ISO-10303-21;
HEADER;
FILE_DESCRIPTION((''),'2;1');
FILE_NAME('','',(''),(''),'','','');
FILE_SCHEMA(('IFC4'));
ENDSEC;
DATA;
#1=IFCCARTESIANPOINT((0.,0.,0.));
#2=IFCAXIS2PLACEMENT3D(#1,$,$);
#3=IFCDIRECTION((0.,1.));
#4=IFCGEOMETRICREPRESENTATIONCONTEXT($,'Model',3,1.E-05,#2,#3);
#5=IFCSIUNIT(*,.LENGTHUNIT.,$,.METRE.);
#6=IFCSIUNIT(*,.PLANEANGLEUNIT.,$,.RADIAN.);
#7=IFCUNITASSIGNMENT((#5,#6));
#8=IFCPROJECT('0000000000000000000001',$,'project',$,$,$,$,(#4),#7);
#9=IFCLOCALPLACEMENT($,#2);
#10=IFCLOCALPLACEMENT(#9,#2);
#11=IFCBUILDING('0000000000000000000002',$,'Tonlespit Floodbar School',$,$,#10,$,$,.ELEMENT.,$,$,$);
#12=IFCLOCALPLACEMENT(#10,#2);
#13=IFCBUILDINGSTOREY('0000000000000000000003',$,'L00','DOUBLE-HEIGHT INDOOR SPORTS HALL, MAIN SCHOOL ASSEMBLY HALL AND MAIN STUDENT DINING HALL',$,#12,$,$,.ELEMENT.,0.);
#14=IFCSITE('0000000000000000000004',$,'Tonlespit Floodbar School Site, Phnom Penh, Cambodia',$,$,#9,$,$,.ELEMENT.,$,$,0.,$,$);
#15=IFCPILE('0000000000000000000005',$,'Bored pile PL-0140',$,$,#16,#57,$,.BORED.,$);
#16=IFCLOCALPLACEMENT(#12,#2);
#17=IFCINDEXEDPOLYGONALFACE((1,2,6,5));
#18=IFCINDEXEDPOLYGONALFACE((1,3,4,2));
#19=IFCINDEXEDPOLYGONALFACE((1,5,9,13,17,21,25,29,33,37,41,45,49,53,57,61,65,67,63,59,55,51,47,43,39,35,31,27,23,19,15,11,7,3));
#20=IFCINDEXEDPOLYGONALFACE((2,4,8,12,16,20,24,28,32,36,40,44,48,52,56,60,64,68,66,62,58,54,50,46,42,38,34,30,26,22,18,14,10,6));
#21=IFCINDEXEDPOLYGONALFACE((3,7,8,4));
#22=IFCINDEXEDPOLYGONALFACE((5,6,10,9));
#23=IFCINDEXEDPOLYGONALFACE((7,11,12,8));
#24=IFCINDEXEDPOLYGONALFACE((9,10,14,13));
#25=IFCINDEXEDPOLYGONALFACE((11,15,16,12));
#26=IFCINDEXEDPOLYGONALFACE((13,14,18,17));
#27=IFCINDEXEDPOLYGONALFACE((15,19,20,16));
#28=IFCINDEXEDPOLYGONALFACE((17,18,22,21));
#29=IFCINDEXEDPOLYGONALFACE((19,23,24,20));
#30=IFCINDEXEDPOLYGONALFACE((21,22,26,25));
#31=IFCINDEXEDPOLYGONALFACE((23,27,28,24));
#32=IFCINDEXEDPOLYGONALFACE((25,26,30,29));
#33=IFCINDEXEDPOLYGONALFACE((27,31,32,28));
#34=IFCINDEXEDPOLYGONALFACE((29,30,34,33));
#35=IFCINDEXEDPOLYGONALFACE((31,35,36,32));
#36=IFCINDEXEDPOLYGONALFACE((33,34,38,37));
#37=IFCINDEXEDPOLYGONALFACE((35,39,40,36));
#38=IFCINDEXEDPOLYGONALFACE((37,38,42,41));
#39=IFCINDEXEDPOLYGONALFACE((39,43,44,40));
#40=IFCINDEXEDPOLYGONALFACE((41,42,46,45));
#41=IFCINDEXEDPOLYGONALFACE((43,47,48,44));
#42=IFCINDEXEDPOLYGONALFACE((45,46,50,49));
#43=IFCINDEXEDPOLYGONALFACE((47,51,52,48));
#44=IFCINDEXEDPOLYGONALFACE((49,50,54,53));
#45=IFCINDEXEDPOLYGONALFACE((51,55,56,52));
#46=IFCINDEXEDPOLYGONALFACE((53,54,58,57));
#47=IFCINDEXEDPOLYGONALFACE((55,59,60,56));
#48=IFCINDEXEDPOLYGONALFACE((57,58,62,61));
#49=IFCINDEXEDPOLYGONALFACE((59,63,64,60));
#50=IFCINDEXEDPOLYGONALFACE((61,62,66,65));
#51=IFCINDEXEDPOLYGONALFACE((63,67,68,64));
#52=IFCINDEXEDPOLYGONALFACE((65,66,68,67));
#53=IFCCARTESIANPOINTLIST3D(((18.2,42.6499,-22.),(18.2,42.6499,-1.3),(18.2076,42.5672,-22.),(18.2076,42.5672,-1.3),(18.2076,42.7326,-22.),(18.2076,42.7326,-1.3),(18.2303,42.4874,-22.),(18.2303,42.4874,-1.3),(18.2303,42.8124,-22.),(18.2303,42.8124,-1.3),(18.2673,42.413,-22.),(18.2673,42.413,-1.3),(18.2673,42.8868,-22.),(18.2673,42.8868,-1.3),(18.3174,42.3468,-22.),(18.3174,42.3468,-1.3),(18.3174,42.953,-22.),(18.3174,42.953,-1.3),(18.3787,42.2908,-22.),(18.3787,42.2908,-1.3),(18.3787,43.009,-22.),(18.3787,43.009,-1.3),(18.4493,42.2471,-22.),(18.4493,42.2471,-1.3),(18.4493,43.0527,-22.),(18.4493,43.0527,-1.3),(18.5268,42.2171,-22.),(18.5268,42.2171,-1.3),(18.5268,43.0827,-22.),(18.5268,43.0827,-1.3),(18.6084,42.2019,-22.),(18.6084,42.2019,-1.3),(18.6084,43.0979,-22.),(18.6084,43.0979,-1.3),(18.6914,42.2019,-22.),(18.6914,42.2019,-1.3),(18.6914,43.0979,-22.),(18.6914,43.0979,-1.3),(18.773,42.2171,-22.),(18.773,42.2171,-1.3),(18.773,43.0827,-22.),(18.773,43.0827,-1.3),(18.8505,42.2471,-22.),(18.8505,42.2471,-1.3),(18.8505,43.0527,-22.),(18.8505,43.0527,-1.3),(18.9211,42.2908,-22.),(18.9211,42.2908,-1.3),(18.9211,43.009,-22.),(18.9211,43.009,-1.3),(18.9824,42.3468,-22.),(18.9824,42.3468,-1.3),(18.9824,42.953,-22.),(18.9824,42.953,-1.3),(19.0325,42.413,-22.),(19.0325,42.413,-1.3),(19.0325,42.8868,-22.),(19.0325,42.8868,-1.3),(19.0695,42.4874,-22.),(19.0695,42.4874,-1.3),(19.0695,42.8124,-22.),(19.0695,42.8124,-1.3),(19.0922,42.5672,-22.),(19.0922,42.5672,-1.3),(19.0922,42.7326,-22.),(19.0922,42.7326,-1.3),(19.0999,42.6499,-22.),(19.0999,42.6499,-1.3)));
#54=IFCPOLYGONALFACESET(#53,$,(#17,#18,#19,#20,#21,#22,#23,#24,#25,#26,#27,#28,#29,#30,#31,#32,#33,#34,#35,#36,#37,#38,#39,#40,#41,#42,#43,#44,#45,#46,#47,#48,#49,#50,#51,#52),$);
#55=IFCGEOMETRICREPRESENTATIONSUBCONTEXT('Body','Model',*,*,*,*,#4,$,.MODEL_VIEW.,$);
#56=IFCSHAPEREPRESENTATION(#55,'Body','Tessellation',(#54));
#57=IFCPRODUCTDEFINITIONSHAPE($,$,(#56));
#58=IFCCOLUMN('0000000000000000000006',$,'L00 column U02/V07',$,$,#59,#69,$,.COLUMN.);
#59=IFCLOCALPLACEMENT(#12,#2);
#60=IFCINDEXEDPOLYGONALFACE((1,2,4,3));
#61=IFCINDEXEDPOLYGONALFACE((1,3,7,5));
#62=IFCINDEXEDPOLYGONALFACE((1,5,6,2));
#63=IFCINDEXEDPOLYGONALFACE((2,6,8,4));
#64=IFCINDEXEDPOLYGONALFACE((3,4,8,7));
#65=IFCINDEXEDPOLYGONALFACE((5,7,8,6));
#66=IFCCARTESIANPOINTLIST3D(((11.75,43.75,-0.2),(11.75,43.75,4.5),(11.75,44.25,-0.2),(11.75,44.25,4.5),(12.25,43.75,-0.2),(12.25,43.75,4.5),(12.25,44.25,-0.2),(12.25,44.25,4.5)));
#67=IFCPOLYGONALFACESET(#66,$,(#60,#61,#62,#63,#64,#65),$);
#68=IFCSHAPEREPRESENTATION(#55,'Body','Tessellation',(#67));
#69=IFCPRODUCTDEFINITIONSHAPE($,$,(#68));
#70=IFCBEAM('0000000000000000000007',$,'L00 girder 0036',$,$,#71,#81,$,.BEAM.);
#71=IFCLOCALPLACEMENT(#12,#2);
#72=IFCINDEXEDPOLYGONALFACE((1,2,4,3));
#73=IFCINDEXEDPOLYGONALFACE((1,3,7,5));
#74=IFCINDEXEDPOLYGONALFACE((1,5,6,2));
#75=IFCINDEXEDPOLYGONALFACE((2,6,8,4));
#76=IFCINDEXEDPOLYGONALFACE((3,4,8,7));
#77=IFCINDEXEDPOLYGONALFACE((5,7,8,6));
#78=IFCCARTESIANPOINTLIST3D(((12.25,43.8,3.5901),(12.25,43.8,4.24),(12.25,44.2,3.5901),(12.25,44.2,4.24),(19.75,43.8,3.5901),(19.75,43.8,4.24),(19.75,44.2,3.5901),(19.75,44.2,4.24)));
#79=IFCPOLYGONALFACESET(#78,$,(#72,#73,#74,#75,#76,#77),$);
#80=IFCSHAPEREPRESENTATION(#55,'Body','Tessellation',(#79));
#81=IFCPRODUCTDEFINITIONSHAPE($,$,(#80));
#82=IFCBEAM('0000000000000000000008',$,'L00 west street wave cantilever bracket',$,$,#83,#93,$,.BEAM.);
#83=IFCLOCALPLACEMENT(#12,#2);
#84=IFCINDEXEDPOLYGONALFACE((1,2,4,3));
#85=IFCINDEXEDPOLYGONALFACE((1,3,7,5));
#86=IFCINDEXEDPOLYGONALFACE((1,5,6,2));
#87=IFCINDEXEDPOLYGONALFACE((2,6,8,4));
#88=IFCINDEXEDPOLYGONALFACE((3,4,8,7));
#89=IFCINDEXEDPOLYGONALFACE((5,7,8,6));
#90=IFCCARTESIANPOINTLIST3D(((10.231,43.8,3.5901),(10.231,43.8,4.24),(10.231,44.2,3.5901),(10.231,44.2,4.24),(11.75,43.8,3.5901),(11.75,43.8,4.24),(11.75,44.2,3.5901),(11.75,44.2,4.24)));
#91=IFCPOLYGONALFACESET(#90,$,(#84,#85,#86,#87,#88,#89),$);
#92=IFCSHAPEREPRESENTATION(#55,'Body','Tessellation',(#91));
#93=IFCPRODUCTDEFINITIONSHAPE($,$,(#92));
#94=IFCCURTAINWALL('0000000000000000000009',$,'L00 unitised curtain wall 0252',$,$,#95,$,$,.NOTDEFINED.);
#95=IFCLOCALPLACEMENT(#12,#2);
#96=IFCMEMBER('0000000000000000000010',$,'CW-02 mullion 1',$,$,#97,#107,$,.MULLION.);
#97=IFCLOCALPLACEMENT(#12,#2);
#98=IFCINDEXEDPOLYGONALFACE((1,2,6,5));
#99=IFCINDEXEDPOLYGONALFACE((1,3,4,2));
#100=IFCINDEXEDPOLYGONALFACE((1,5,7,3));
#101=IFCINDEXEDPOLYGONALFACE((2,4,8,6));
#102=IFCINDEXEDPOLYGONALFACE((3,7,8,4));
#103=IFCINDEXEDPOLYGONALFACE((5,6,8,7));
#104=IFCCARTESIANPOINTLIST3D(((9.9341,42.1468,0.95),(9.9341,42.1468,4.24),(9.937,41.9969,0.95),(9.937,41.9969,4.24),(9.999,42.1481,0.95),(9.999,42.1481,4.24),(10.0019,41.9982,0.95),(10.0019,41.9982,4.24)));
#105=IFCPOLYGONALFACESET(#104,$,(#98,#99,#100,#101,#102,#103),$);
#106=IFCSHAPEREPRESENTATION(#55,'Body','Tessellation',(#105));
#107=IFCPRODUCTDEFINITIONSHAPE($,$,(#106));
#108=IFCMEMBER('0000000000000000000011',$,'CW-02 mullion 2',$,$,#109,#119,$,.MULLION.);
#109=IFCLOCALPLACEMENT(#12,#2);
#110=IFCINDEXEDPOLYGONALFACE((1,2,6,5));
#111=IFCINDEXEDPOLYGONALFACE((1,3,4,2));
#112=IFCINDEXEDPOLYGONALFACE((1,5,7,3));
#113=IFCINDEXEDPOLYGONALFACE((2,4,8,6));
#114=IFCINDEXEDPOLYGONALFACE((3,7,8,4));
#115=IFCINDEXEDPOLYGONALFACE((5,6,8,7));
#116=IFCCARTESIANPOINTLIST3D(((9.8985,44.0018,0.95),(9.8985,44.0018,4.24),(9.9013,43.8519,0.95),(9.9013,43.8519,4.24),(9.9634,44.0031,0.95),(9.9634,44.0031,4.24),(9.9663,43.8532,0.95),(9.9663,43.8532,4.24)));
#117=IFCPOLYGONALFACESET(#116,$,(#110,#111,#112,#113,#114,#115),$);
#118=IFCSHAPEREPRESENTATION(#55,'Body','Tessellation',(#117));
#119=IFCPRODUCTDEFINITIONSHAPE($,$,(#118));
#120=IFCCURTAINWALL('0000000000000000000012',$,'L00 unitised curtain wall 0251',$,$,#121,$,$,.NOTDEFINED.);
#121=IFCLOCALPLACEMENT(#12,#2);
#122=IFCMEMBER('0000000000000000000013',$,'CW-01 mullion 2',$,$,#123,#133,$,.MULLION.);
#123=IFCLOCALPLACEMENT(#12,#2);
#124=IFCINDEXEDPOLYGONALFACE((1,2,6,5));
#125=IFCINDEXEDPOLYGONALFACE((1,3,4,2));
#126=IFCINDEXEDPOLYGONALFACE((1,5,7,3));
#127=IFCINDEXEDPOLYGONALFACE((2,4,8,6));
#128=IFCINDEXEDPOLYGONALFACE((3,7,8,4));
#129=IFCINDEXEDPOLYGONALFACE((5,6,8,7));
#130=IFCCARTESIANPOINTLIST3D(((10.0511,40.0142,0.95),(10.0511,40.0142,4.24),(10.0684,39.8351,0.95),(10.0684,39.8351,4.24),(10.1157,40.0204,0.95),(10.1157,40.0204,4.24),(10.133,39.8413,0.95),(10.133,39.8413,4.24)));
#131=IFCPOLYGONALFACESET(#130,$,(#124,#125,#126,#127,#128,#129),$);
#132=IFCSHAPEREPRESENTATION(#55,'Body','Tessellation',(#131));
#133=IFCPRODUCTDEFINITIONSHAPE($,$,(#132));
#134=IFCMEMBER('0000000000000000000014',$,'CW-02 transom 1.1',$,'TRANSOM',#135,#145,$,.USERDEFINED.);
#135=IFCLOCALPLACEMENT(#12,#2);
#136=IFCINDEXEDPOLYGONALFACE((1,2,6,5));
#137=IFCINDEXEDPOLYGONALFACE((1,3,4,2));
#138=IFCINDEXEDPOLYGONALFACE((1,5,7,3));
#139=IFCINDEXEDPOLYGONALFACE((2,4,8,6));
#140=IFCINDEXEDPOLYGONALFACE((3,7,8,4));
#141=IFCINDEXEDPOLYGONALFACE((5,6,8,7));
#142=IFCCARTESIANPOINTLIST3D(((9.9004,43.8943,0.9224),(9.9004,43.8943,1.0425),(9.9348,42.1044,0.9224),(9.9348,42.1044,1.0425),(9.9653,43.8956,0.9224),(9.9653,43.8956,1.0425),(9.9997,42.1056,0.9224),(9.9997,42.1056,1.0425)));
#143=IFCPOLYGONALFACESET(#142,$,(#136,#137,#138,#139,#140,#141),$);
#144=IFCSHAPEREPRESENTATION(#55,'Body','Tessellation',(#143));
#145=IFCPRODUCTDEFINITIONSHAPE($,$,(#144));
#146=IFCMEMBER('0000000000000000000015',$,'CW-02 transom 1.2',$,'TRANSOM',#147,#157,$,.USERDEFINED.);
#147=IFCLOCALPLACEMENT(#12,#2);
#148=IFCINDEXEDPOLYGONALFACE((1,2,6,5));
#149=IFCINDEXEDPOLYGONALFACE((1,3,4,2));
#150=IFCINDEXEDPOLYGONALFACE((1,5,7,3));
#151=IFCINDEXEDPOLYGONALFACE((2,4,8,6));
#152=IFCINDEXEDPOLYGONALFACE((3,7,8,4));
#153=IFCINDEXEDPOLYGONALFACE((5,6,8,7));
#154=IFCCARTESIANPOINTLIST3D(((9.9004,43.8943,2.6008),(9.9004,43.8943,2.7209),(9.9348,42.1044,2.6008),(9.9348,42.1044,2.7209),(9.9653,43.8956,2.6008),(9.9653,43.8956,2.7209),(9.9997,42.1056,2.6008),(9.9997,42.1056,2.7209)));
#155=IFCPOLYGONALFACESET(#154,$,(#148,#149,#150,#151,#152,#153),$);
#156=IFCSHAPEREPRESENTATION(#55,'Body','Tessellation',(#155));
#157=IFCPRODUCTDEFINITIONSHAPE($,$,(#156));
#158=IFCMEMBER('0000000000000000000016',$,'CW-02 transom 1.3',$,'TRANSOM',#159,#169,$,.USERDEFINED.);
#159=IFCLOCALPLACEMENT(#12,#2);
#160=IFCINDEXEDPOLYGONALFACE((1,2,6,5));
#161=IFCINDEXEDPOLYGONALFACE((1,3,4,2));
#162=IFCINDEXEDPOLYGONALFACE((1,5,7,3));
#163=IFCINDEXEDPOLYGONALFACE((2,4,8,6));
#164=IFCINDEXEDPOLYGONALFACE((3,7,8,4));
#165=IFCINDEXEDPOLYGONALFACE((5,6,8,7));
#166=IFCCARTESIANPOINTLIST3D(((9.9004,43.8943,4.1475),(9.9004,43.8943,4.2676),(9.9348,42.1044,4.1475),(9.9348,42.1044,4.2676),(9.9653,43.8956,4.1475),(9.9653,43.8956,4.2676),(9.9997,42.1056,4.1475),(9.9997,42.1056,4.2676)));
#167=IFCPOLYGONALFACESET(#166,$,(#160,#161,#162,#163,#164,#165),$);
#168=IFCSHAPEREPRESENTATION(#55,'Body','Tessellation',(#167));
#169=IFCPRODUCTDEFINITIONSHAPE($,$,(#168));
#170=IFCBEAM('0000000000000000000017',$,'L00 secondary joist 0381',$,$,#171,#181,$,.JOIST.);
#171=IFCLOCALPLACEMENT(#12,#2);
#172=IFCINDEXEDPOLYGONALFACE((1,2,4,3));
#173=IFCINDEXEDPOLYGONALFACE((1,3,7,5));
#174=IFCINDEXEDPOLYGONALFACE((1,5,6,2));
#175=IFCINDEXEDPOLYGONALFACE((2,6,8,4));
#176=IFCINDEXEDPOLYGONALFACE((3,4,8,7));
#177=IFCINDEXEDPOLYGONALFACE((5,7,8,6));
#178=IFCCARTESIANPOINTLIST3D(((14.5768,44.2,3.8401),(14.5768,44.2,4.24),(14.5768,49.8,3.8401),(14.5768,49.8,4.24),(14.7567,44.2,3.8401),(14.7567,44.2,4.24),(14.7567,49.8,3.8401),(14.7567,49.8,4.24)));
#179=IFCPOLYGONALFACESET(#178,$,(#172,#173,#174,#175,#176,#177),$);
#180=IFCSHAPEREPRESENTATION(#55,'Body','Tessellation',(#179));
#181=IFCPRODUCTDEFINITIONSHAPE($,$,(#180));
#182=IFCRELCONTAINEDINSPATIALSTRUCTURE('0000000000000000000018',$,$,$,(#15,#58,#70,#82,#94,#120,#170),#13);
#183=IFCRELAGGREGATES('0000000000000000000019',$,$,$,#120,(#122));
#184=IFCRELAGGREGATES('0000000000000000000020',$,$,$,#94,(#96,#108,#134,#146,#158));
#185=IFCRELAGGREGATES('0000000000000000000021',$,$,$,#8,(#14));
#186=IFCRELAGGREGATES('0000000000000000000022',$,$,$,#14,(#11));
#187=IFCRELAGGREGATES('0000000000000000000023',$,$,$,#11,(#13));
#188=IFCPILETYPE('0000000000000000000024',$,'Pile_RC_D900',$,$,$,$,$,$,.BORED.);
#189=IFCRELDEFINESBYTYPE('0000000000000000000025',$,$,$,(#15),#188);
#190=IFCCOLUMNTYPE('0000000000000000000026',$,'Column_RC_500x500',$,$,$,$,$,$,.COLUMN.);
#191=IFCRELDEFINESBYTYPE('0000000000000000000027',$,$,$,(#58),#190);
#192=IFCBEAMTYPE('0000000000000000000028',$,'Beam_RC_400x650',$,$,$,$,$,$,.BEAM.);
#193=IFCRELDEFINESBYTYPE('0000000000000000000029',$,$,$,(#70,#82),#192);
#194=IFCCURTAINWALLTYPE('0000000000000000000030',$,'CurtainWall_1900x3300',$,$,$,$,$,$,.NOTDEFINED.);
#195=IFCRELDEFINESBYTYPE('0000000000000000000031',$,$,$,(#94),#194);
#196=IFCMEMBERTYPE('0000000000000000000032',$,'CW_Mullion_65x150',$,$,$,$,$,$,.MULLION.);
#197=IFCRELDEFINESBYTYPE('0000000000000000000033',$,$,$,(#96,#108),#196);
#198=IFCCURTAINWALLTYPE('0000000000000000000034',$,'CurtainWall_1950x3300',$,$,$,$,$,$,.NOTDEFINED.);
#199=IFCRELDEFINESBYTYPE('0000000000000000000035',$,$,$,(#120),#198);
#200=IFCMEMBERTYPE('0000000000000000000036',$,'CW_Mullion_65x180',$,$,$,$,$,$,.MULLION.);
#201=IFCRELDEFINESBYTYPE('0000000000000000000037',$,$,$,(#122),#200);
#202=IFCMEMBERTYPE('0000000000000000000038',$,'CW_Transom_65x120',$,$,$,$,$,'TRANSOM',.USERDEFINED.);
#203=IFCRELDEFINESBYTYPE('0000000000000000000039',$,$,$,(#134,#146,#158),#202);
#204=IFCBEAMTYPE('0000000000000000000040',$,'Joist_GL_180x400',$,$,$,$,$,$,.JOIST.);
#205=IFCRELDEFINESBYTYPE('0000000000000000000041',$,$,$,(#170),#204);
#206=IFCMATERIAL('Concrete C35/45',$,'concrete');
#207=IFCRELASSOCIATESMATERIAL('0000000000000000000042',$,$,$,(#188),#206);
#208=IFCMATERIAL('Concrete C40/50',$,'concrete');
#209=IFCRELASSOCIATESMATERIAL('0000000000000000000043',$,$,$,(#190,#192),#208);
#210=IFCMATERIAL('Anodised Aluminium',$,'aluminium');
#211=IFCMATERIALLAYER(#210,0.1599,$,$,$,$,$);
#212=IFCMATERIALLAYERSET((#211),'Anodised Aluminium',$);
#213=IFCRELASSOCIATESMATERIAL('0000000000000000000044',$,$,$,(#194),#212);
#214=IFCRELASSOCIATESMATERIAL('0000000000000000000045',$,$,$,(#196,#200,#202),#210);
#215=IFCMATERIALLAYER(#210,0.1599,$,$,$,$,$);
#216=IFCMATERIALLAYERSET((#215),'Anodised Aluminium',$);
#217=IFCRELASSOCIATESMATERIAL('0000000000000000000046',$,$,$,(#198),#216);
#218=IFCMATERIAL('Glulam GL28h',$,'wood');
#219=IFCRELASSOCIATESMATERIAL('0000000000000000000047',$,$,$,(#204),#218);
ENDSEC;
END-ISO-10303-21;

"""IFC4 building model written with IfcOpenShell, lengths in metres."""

from ifc_helpers import new_model, si_unit, direction, frame, origin, origin_2d, place, context, subcontext, project, spatial, rectangle, circle, extrude, material, layer, layer_set, material_profile, profile_set, type_object, element, aggregate, save


model = new_model("IFC4")

# Units and contexts
model_context = context("Model", 3, precision=1e-05, world=origin(), true_north=direction((0.0, 1.0)))
body_context = subcontext(model_context, "Body", "Model", "MODEL_VIEW")
ifc_project = project(units=[si_unit("LENGTHUNIT", "METRE"), si_unit("PLANEANGLEUNIT", "RADIAN")], contexts=[model_context])

# Site, building, storey
site_placement = place(None, origin())
site = spatial("IfcSite", under=ifc_project, at=site_placement, Name="Tonlespit Floodbar School Site, Phnom Penh, Cambodia", CompositionType="ELEMENT", RefElevation=0.0)
building_placement = place(site_placement, origin())
building = spatial("IfcBuilding", under=site, at=building_placement, Name="Tonlespit Floodbar School", CompositionType="ELEMENT")
storey_placement = place(building_placement, origin())
storey = spatial("IfcBuildingStorey", under=building, at=storey_placement, Name="L00", Description="DOUBLE-HEIGHT INDOOR SPORTS HALL, MAIN SCHOOL ASSEMBLY HALL AND MAIN STUDENT DINING HALL", CompositionType="ELEMENT", Elevation=0.0)

# Shared definitions
ifc_material_1 = material(Name="Concrete C40/50", Category="concrete")

# Pile
ifc_material_2 = material(Name="Concrete C35/45", Category="concrete")
ifc_material_profile_1 = material_profile(ifc_material_2, circle(Radius=0.45, at=origin_2d()), Name="BP D900")
ifc_profile_set_1 = profile_set([ifc_material_profile_1], Name="Concrete C35/45")
pile_type = type_object("IfcPileType", Name="Pile_RC_D900", PredefinedType="BORED", material=ifc_profile_set_1)
for number, where, z_axis, x_axis, name in (
    (1, (18.6499, 42.6499, -1.3), (0.0, 0.0, -1.0), (1.0, 0.0, 0.0), "Bored pile PL-0140"),
):
    element("IfcPile", number, at=place(storey_placement, frame(where, z_axis=z_axis, x_axis=x_axis)), inside=storey, type_object=pile_type, Name=name, PredefinedType="BORED", context=body_context, shape_type="SweptSolid", body=[
        extrude(circle(Radius=0.45, at=origin_2d()), origin(), (0.0, 0.0, 1.0), 20.7),
    ])

# Column
ifc_material_profile_2 = material_profile(ifc_material_1, rectangle(XDim=0.5, YDim=0.5, at=origin_2d()), Name="RC 500x500")
ifc_profile_set_2 = profile_set([ifc_material_profile_2], Name="Concrete C40/50")
column_type = type_object("IfcColumnType", Name="Column_RC_500x500", PredefinedType="COLUMN", material=ifc_profile_set_2)
column_placement = place(storey_placement, frame((12.0, 44.0, -0.2), z_axis=(0.0, 0.0, 1.0), x_axis=(1.0, 0.0, 0.0)))
element("IfcColumn", 2, at=column_placement, inside=storey, type_object=column_type, Name="L00 column U02/V07", PredefinedType="COLUMN", context=body_context, shape_type="SweptSolid", body=[
    extrude(rectangle(XDim=0.5, YDim=0.5, at=origin_2d()), origin(), (0.0, 0.0, 1.0), 4.7),
])

# Beams
ifc_material_profile_3 = material_profile(ifc_material_1, rectangle(XDim=0.3999, YDim=0.6499, at=origin_2d()), Name="RC 400x650")
ifc_profile_set_3 = profile_set([ifc_material_profile_3], Name="Concrete C40/50")
beam_type_1 = type_object("IfcBeamType", Name="Beam_RC_400x650", PredefinedType="BEAM", material=ifc_profile_set_3)
beam_1_placement = place(storey_placement, frame((12.25, 44.0, 3.915), z_axis=(1.0, 0.0, 0.0), x_axis=(0.0, 1.0, 0.0)))
element("IfcBeam", 3, at=beam_1_placement, inside=storey, type_object=beam_type_1, Name="L00 girder 0036", PredefinedType="BEAM", context=body_context, shape_type="SweptSolid", body=[
    extrude(rectangle(XDim=0.3999, YDim=0.6499, at=origin_2d()), origin(), (0.0, 0.0, 1.0), 7.5),
])
beam_2_placement = place(storey_placement, frame((11.75, 44.0, 3.915), z_axis=(-1.0, 0.0, 0.0), x_axis=(0.0, -1.0, 0.0)))
element("IfcBeam", 4, at=beam_2_placement, inside=storey, type_object=beam_type_1, Name="L00 west street wave cantilever bracket", PredefinedType="BEAM", context=body_context, shape_type="SweptSolid", body=[
    extrude(rectangle(XDim=0.3999, YDim=0.6499, at=origin_2d()), origin(), (0.0, 0.0, 1.0), 1.519),
])

# Curtain wall, members
ifc_material_3 = material(Name="Anodised Aluminium", Category="aluminium")
ifc_layer_1 = layer(ifc_material_3, 0.1599)
ifc_layer_set_1 = layer_set([ifc_layer_1], Name="Anodised Aluminium")
curtain_wall_type_1 = type_object("IfcCurtainWallType", Name="CurtainWall_1900x3300", PredefinedType="NOTDEFINED", material=ifc_layer_set_1)
curtain_wall_1_placement = place(storey_placement, origin())
curtain_wall_1 = element("IfcCurtainWall", 5, at=curtain_wall_1_placement, inside=storey, type_object=curtain_wall_type_1, Name="L00 unitised curtain wall 0252", PredefinedType="NOTDEFINED")
ifc_material_profile_4 = material_profile(ifc_material_3, rectangle(XDim=0.0649, YDim=0.1499, at=origin_2d()), Name="ALU M65x150")
ifc_profile_set_4 = profile_set([ifc_material_profile_4], Name="Anodised Aluminium")
member_type_1 = type_object("IfcMemberType", Name="CW_Mullion_65x150", PredefinedType="MULLION", material=ifc_profile_set_4)
member_1_placement = place(storey_placement, frame((9.968, 42.0725, 0.95), z_axis=(0.0, 0.0, 1.0), x_axis=(-0.999815, -0.019215, 0.0)))
member_1 = element("IfcMember", 6, at=member_1_placement, type_object=member_type_1, Name="CW-02 mullion 1", PredefinedType="MULLION", context=body_context, shape_type="SweptSolid", body=[
    extrude(rectangle(XDim=0.0649, YDim=0.1499, at=origin_2d()), origin(), (0.0, 0.0, 1.0), 3.29),
])
member_2_placement = place(storey_placement, frame((9.9324, 43.9275, 0.95), z_axis=(0.0, 0.0, 1.0), x_axis=(-0.999815, -0.019215, 0.0)))
member_2 = element("IfcMember", 7, at=member_2_placement, type_object=member_type_1, Name="CW-02 mullion 2", PredefinedType="MULLION", context=body_context, shape_type="SweptSolid", body=[
    extrude(rectangle(XDim=0.0649, YDim=0.1499, at=origin_2d()), origin(), (0.0, 0.0, 1.0), 3.29),
])

# Curtain wall, member
ifc_layer_2 = layer(ifc_material_3, 0.1599)
ifc_layer_set_2 = layer_set([ifc_layer_2], Name="Anodised Aluminium")
curtain_wall_type_2 = type_object("IfcCurtainWallType", Name="CurtainWall_1950x3300", PredefinedType="NOTDEFINED", material=ifc_layer_set_2)
curtain_wall_2_placement = place(storey_placement, origin())
curtain_wall_2 = element("IfcCurtainWall", 8, at=curtain_wall_2_placement, inside=storey, type_object=curtain_wall_type_2, Name="L00 unitised curtain wall 0251", PredefinedType="NOTDEFINED")
ifc_material_profile_5 = material_profile(ifc_material_3, rectangle(XDim=0.0649, YDim=0.1799, at=origin_2d()), Name="ALU M65x180")
ifc_profile_set_5 = profile_set([ifc_material_profile_5], Name="Anodised Aluminium")
member_type_2 = type_object("IfcMemberType", Name="CW_Mullion_65x180", PredefinedType="MULLION", material=ifc_profile_set_5)
member_3_placement = place(storey_placement, frame((10.092, 39.9277, 0.95), z_axis=(0.0, 0.0, 1.0), x_axis=(-0.995362, -0.096198, 0.0)))
member_3 = element("IfcMember", 9, at=member_3_placement, type_object=member_type_2, Name="CW-01 mullion 2", PredefinedType="MULLION", context=body_context, shape_type="SweptSolid", body=[
    extrude(rectangle(XDim=0.0649, YDim=0.1799, at=origin_2d()), origin(), (0.0, 0.0, 1.0), 3.29),
])

# Members
ifc_material_profile_6 = material_profile(ifc_material_3, rectangle(XDim=0.0649, YDim=0.1201, at=origin_2d()), Name="ALU T65x120")
ifc_profile_set_6 = profile_set([ifc_material_profile_6], Name="Anodised Aluminium")
member_type_3 = type_object("IfcMemberType", Name="CW_Transom_65x120", ElementType="TRANSOM", PredefinedType="USERDEFINED", material=ifc_profile_set_6)
member_4_placement = place(storey_placement, frame((9.9673, 42.105, 0.9824), z_axis=(-0.019227, 0.999815, 0.0), x_axis=(-0.999815, -0.019227, 0.0)))
member_4 = element("IfcMember", 10, at=member_4_placement, type_object=member_type_3, Name="CW-02 transom 1.1", ObjectType="TRANSOM", PredefinedType="USERDEFINED", context=body_context, shape_type="SweptSolid", body=[
    extrude(rectangle(XDim=0.0649, YDim=0.1201, at=origin_2d()), origin(), (0.0, 0.0, 1.0), 1.7903),
])
member_5_placement = place(storey_placement, frame((9.9673, 42.105, 2.6609), z_axis=(-0.019227, 0.999815, 0.0), x_axis=(-0.999815, -0.019227, 0.0)))
member_5 = element("IfcMember", 11, at=member_5_placement, type_object=member_type_3, Name="CW-02 transom 1.2", ObjectType="TRANSOM", PredefinedType="USERDEFINED", context=body_context, shape_type="SweptSolid", body=[
    extrude(rectangle(XDim=0.0649, YDim=0.1201, at=origin_2d()), origin(), (0.0, 0.0, 1.0), 1.7903),
])
member_6_placement = place(storey_placement, frame((9.9673, 42.105, 4.2075), z_axis=(-0.019227, 0.999815, 0.0), x_axis=(-0.999815, -0.019227, 0.0)))
member_6 = element("IfcMember", 12, at=member_6_placement, type_object=member_type_3, Name="CW-02 transom 1.3", ObjectType="TRANSOM", PredefinedType="USERDEFINED", context=body_context, shape_type="SweptSolid", body=[
    extrude(rectangle(XDim=0.0649, YDim=0.1201, at=origin_2d()), origin(), (0.0, 0.0, 1.0), 1.7903),
])

# Beam
ifc_material_4 = material(Name="Glulam GL28h", Category="wood")
ifc_material_profile_7 = material_profile(ifc_material_4, rectangle(XDim=0.1799, YDim=0.3999, at=origin_2d()), Name="GL 180x400")
ifc_profile_set_7 = profile_set([ifc_material_profile_7], Name="Glulam GL28h")
beam_type_2 = type_object("IfcBeamType", Name="Joist_GL_180x400", PredefinedType="JOIST", material=ifc_profile_set_7)
beam_3_placement = place(storey_placement, frame((14.6667, 44.2, 4.04), z_axis=(0.0, 1.0, 0.0), x_axis=(-1.0, 0.0, 0.0)))
element("IfcBeam", 13, at=beam_3_placement, inside=storey, type_object=beam_type_2, Name="L00 secondary joist 0381", PredefinedType="JOIST", context=body_context, shape_type="SweptSolid", body=[
    extrude(rectangle(XDim=0.1799, YDim=0.3999, at=origin_2d()), origin(), (0.0, 0.0, 1.0), 5.6001),
])

aggregate(curtain_wall_2, [member_3])
aggregate(curtain_wall_1, [member_1, member_2, member_4, member_5, member_6])

save(model, "model.ifc")
